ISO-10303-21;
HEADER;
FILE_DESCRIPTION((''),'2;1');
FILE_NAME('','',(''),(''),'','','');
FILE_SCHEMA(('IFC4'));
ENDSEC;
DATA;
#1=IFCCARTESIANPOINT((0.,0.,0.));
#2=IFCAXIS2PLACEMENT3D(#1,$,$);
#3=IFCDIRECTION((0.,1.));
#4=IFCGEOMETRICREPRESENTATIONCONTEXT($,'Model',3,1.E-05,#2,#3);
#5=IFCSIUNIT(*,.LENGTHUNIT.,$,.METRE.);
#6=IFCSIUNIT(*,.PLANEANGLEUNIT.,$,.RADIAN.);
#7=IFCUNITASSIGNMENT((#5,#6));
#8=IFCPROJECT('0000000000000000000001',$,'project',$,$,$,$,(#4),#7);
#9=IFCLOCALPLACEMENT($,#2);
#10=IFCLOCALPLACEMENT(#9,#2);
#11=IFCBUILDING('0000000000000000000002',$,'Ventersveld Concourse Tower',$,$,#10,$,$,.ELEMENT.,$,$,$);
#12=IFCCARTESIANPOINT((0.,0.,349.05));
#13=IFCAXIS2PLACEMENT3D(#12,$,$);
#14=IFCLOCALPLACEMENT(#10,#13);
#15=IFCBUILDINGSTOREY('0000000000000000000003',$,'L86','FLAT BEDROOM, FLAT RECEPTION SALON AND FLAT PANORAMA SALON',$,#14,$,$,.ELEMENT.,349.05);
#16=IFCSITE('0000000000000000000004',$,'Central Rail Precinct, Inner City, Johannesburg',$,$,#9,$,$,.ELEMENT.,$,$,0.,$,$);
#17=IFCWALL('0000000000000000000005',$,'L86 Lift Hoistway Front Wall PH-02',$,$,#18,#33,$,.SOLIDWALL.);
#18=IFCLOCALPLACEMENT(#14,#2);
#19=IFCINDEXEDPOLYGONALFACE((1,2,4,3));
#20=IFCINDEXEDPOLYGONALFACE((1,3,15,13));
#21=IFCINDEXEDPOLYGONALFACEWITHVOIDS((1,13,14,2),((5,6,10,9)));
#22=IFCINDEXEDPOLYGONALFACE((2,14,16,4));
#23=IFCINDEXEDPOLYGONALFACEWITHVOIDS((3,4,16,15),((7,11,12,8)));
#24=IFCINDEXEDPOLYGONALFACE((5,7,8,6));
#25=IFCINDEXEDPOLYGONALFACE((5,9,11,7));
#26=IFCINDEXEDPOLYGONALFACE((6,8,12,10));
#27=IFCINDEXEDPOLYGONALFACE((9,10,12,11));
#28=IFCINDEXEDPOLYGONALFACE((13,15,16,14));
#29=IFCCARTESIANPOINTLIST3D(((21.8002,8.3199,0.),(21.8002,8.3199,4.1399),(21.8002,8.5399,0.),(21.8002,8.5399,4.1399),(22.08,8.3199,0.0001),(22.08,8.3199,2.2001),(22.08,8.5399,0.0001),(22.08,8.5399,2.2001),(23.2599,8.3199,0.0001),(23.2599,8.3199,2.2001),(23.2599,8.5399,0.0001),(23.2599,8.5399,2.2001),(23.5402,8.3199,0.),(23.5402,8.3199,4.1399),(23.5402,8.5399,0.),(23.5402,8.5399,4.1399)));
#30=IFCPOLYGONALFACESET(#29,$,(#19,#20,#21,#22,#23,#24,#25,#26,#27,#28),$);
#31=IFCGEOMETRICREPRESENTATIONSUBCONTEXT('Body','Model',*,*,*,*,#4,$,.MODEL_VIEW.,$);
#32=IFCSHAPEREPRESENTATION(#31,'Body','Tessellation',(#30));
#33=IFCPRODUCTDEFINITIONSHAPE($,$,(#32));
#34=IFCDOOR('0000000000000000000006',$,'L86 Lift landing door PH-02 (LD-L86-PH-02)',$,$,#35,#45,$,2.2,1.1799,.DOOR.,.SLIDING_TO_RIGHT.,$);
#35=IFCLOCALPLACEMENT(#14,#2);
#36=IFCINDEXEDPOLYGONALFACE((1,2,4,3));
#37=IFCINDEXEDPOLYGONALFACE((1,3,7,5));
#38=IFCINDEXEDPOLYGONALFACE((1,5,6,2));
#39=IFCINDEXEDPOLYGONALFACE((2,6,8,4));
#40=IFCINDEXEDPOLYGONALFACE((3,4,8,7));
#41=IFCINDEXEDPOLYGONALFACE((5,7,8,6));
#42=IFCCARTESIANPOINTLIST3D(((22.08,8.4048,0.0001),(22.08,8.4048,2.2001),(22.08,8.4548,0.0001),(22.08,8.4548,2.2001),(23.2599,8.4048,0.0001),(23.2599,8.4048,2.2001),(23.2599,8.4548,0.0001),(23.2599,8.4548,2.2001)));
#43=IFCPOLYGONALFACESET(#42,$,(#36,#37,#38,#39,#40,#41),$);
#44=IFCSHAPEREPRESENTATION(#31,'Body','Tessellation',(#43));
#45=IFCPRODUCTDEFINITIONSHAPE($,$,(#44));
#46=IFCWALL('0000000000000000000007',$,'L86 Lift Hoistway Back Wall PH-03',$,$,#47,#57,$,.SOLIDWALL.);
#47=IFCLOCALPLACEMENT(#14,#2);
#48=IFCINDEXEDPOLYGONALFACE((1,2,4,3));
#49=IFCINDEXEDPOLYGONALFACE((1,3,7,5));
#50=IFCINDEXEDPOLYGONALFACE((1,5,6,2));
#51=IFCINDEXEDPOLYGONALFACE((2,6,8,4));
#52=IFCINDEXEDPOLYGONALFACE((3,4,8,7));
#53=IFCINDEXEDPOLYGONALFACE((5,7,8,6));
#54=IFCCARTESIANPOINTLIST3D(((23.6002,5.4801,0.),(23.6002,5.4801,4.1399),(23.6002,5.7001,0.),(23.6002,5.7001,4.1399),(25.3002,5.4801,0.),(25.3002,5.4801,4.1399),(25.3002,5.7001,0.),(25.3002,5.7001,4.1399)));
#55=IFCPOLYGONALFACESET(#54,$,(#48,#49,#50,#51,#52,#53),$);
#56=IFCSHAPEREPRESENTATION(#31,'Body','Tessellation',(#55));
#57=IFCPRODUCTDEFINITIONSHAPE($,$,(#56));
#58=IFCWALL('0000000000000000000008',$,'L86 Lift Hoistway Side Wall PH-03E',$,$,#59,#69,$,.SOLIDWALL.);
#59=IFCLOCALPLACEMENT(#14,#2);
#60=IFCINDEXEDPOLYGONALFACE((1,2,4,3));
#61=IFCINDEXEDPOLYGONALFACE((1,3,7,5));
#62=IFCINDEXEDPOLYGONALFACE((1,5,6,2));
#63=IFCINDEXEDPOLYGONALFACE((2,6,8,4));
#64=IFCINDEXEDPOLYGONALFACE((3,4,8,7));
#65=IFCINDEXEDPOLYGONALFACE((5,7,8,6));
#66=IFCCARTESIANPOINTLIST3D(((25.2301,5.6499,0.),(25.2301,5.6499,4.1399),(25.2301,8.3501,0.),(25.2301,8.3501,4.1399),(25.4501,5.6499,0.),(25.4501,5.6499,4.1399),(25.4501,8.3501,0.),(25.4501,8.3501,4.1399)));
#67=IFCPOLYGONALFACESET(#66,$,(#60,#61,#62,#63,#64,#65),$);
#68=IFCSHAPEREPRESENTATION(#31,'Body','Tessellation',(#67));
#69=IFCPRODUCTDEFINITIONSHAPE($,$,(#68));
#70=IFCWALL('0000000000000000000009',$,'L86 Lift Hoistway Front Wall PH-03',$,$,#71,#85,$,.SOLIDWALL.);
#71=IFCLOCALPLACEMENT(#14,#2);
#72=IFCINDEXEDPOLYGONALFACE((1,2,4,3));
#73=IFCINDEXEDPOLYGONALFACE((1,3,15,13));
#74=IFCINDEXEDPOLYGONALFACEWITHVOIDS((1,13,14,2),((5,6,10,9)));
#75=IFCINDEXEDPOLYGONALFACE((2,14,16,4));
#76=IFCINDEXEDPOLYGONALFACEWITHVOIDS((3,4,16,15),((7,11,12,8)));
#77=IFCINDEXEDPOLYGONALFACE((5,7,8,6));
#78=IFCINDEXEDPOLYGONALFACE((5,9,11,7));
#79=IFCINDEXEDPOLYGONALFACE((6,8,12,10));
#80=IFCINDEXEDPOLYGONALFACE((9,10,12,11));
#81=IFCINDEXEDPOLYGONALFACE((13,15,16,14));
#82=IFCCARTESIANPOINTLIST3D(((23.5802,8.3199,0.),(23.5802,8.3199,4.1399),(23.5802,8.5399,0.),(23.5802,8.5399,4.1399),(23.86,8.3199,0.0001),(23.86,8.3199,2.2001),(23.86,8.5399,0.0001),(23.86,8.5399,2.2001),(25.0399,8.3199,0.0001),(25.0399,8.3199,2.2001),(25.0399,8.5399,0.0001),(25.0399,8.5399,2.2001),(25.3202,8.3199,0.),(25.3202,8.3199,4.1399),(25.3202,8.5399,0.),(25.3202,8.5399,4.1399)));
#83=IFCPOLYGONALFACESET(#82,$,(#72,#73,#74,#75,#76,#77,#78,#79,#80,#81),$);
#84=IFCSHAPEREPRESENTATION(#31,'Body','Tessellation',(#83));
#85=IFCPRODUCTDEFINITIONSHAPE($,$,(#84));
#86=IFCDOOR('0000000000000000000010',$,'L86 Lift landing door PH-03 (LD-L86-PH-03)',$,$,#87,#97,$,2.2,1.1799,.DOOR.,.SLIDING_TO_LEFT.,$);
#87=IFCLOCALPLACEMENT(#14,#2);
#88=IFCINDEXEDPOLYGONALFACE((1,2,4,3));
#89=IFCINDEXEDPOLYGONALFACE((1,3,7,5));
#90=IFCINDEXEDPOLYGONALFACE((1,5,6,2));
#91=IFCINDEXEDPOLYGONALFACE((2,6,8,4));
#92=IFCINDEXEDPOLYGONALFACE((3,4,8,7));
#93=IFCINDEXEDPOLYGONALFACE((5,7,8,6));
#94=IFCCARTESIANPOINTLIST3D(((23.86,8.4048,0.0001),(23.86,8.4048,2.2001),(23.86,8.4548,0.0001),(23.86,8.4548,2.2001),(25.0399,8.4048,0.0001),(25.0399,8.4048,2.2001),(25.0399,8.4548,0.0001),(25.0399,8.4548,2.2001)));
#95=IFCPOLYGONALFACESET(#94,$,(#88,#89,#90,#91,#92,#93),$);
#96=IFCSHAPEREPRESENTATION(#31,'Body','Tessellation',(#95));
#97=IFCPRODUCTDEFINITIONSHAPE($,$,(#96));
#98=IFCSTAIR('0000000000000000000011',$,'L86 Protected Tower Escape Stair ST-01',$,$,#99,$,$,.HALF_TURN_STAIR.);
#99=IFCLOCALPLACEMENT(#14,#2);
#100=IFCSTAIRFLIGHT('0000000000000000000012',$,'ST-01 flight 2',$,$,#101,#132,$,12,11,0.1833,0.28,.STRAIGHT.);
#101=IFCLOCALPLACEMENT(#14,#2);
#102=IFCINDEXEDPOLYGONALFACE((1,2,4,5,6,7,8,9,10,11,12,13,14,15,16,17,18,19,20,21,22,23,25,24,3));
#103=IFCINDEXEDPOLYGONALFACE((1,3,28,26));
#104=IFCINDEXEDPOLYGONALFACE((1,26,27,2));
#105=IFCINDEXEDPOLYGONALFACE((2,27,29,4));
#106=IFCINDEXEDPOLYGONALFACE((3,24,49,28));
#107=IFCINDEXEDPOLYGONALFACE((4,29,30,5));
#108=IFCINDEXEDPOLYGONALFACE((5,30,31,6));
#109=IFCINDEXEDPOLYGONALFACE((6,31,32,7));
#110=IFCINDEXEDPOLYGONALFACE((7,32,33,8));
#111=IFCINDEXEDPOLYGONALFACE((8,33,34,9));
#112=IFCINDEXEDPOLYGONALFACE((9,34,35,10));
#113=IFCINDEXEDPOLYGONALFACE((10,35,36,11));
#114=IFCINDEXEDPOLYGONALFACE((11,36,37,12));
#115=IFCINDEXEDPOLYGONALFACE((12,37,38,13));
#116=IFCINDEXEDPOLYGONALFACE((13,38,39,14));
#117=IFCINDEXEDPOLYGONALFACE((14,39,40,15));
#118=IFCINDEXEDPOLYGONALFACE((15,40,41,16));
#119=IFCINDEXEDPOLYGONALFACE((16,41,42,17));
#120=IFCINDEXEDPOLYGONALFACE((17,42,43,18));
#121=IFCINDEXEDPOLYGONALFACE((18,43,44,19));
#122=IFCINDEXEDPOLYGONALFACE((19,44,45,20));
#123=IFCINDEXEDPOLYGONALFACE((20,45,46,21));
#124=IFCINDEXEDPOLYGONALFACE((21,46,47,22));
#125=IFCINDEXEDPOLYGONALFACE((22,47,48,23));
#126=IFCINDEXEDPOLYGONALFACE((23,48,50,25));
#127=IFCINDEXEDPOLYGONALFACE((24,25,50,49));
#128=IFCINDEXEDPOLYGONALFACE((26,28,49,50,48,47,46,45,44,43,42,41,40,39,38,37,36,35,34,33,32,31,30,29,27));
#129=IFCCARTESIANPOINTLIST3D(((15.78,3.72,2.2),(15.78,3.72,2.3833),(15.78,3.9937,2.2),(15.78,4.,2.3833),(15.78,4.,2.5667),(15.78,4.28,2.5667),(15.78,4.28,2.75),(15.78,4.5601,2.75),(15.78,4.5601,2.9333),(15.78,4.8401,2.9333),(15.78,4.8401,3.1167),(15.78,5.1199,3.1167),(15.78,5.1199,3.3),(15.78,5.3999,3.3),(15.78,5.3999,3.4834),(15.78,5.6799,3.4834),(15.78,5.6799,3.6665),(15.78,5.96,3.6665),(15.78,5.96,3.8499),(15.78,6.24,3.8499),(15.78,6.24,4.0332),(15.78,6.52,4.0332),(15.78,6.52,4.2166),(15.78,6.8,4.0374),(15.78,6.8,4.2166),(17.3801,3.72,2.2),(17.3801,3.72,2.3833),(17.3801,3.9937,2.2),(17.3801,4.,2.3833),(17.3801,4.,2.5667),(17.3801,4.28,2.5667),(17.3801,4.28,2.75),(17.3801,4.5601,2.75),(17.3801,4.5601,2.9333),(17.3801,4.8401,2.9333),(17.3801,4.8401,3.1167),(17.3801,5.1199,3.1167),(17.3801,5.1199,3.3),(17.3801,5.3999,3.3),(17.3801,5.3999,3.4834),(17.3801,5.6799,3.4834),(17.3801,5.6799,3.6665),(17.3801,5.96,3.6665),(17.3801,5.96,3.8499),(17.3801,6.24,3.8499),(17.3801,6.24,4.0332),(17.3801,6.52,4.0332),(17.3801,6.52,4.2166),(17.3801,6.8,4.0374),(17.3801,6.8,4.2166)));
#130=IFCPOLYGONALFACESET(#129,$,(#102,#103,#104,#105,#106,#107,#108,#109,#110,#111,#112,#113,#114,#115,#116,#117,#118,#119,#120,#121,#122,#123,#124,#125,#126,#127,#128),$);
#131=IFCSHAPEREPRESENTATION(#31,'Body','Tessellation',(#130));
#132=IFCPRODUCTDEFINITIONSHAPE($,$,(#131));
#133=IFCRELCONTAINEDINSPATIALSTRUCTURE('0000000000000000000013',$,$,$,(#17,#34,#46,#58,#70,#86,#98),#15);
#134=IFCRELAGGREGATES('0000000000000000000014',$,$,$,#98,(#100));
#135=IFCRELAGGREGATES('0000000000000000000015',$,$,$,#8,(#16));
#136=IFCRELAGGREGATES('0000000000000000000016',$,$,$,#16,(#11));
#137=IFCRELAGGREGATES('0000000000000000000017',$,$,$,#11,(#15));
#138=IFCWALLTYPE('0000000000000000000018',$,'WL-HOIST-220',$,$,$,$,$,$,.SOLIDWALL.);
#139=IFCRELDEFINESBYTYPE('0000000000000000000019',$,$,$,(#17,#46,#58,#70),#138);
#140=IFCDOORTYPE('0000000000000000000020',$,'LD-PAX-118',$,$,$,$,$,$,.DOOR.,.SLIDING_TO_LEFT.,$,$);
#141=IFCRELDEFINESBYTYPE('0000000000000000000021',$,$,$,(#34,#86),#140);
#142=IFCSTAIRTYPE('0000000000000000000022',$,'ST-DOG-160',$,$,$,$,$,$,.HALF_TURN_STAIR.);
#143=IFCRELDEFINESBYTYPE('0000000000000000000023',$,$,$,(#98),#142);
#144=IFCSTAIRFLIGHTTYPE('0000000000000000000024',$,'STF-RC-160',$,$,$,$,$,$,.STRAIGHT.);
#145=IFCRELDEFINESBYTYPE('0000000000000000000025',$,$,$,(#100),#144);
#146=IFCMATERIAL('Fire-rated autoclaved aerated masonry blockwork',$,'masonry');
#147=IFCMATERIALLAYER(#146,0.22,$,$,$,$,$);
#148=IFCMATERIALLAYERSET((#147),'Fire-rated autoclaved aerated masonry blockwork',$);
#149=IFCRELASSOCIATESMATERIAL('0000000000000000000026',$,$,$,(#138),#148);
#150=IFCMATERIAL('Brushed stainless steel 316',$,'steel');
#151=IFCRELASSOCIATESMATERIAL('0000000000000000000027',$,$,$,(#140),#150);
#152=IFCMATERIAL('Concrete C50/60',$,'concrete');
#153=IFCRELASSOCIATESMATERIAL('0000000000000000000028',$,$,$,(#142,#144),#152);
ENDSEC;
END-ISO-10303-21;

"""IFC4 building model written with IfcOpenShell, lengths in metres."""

from ifc_helpers import new_model, si_unit, direction, frame, frame_2d, origin, place, context, subcontext, project, spatial, polyline, rectangle, outline, extrude, material, layer, layer_set, type_object, element, fill, aggregate, save


model = new_model("IFC4")

# Units and contexts
model_context = context("Model", 3, precision=1e-05, world=origin(), true_north=direction((0.0, 1.0)))
body_context = subcontext(model_context, "Body", "Model", "MODEL_VIEW")
ifc_project = project(units=[si_unit("LENGTHUNIT", "METRE"), si_unit("PLANEANGLEUNIT", "RADIAN")], contexts=[model_context])

# Site, building, storey
site_placement = place(None, origin())
site = spatial("IfcSite", under=ifc_project, at=site_placement, Name="Central Rail Precinct, Inner City, Johannesburg", CompositionType="ELEMENT", RefElevation=0.0)
building_placement = place(site_placement, origin())
building = spatial("IfcBuilding", under=site, at=building_placement, Name="Ventersveld Concourse Tower", CompositionType="ELEMENT")
storey_placement = place(building_placement, frame((0.0, 0.0, 349.05)))
storey = spatial("IfcBuildingStorey", under=building, at=storey_placement, Name="L86", Description="FLAT BEDROOM, FLAT RECEPTION SALON AND FLAT PANORAMA SALON", CompositionType="ELEMENT", Elevation=349.05)

# Shared definitions
ifc_material_1 = material(Name="Concrete C50/60", Category="concrete")

# Shared definitions
ifc_material_2 = material(Name="Fire-rated autoclaved aerated masonry blockwork", Category="masonry")

# Shared definitions
ifc_layer_1 = layer(ifc_material_2, 0.22)
ifc_layer_set_1 = layer_set([ifc_layer_1], Name="Fire-rated autoclaved aerated masonry blockwork")
wall_type_1 = type_object("IfcWallType", Name="WL-HOIST-220", PredefinedType="SOLIDWALL", material=ifc_layer_set_1)

# Shared definitions
ifc_material_3 = material(Name="Brushed stainless steel 316", Category="steel")

# Shared definitions
door_type_1 = type_object("IfcDoorType", Name="LD-PAX-118", OperationType="SLIDING_TO_LEFT", PredefinedType="DOOR", material=ifc_material_3)

# Wall, opening, door
wall_1_placement = place(storey_placement, frame((21.8, 8.4299, 0.0), z_axis=(0.0, 0.0, 1.0), x_axis=(1.0, 0.0, 0.0)))
wall_1 = element("IfcWall", 1, at=wall_1_placement, inside=storey, type_object=wall_type_1, Name="L86 Lift Hoistway Front Wall PH-02", PredefinedType="SOLIDWALL", context=body_context, shape_type="SweptSolid", body=[
    extrude(rectangle(XDim=1.74, YDim=0.22, at=frame_2d((0.8701, 0.0))), origin(), (0.0, 0.0, 1.0), 4.1399),
])
opening_1_placement = place(wall_1_placement, frame((0.28, 0.0, 0.0)))
opening_1 = element("IfcOpeningElement", 2, at=opening_1_placement, cuts=wall_1, PredefinedType="OPENING", context=body_context, shape_type="SweptSolid", body=[
    extrude(rectangle(XDim=1.1799, YDim=2.2, at=frame_2d((0.5898, 1.1001))), frame((0.0, 0.1201, 0.0), z_axis=(0.0, -1.0, 0.0), x_axis=(1.0, 0.0, 0.0)), (0.0, 0.0, 1.0), 0.24),
])
door_1_placement = place(opening_1_placement, origin())
door_1 = element("IfcDoor", 3, at=door_1_placement, inside=storey, type_object=door_type_1, Name="L86 Lift landing door PH-02 (LD-L86-PH-02)", OperationType="SLIDING_TO_RIGHT", OverallHeight=2.2, OverallWidth=1.1799, PredefinedType="DOOR", context=body_context, shape_type="SweptSolid", body=[
    extrude(rectangle(XDim=1.1799, YDim=2.2, at=frame_2d((0.5898, 1.1001))), frame((0.0, 0.0249, 0.0), z_axis=(0.0, -1.0, 0.0), x_axis=(1.0, 0.0, 0.0)), (0.0, 0.0, 1.0), 0.05),
])
fill(opening_1, door_1)

# Walls
wall_2_placement = place(storey_placement, frame((23.6001, 5.5901, 0.0), z_axis=(0.0, 0.0, 1.0), x_axis=(1.0, 0.0, 0.0)))
element("IfcWall", 4, at=wall_2_placement, inside=storey, type_object=wall_type_1, Name="L86 Lift Hoistway Back Wall PH-03", PredefinedType="SOLIDWALL", context=body_context, shape_type="SweptSolid", body=[
    extrude(rectangle(XDim=1.7, YDim=0.22, at=frame_2d((0.8501, 0.0))), origin(), (0.0, 0.0, 1.0), 4.1399),
])
wall_3_placement = place(storey_placement, frame((25.3401, 5.6499, 0.0), z_axis=(0.0, 0.0, 1.0), x_axis=(0.0, 1.0, 0.0)))
element("IfcWall", 5, at=wall_3_placement, inside=storey, type_object=wall_type_1, Name="L86 Lift Hoistway Side Wall PH-03E", PredefinedType="SOLIDWALL", context=body_context, shape_type="SweptSolid", body=[
    extrude(rectangle(XDim=2.7002, YDim=0.22, at=frame_2d((1.3501, 0.0))), origin(), (0.0, 0.0, 1.0), 4.1399),
])

# Wall, opening, door
wall_4_placement = place(storey_placement, frame((23.5801, 8.4299, 0.0), z_axis=(0.0, 0.0, 1.0), x_axis=(1.0, 0.0, 0.0)))
wall_4 = element("IfcWall", 6, at=wall_4_placement, inside=storey, type_object=wall_type_1, Name="L86 Lift Hoistway Front Wall PH-03", PredefinedType="SOLIDWALL", context=body_context, shape_type="SweptSolid", body=[
    extrude(rectangle(XDim=1.74, YDim=0.22, at=frame_2d((0.8701, 0.0))), origin(), (0.0, 0.0, 1.0), 4.1399),
])
opening_2_placement = place(wall_4_placement, frame((0.28, 0.0, 0.0)))
opening_2 = element("IfcOpeningElement", 7, at=opening_2_placement, cuts=wall_4, PredefinedType="OPENING", context=body_context, shape_type="SweptSolid", body=[
    extrude(rectangle(XDim=1.1799, YDim=2.2, at=frame_2d((0.5898, 1.1001))), frame((0.0, 0.1201, 0.0), z_axis=(0.0, -1.0, 0.0), x_axis=(1.0, 0.0, 0.0)), (0.0, 0.0, 1.0), 0.24),
])
door_2_placement = place(opening_2_placement, origin())
door_2 = element("IfcDoor", 8, at=door_2_placement, inside=storey, type_object=door_type_1, Name="L86 Lift landing door PH-03 (LD-L86-PH-03)", OperationType="SLIDING_TO_LEFT", OverallHeight=2.2, OverallWidth=1.1799, PredefinedType="DOOR", context=body_context, shape_type="SweptSolid", body=[
    extrude(rectangle(XDim=1.1799, YDim=2.2, at=frame_2d((0.5898, 1.1001))), frame((0.0, 0.0249, 0.0), z_axis=(0.0, -1.0, 0.0), x_axis=(1.0, 0.0, 0.0)), (0.0, 0.0, 1.0), 0.05),
])
fill(opening_2, door_2)

# Stair, stair flight
stair_type = type_object("IfcStairType", Name="ST-DOG-160", PredefinedType="HALF_TURN_STAIR", material=ifc_material_1)
stair_placement = place(storey_placement, origin())
stair = element("IfcStair", 9, at=stair_placement, inside=storey, type_object=stair_type, Name="L86 Protected Tower Escape Stair ST-01", PredefinedType="HALF_TURN_STAIR")
stair_flight_type = type_object("IfcStairFlightType", Name="STF-RC-160", PredefinedType="STRAIGHT", material=ifc_material_1)
stair_flight_placement = place(storey_placement, frame((16.5801, 3.72, 2.2), z_axis=(0.0, 0.0, 1.0), x_axis=(0.0, 1.0, 0.0)))
stair_flight = element("IfcStairFlight", 10, at=stair_flight_placement, type_object=stair_flight_type, Name="ST-01 flight 2", NumberOfRisers=12, NumberOfTreads=11, PredefinedType="STRAIGHT", RiserHeight=0.1833, TreadLength=0.28, context=body_context, shape_type="SweptSolid", body=[
    extrude(outline(polyline([(0.0, 0.0), (0.0, 0.1833), (0.28, 0.1833), (0.28, 0.3667), (0.5601, 0.3667), (0.5601, 0.55), (0.8401, 0.55), (0.8401, 0.7334), (1.1201, 0.7334), (1.1201, 0.9167), (1.3999, 0.9167), (1.3999, 1.1001), (1.6799, 1.1001), (1.6799, 1.2834), (1.96, 1.2834), (1.96, 1.4666), (2.24, 1.4666), (2.24, 1.6499), (2.52, 1.6499), (2.52, 1.8333), (2.8, 1.8333), (2.8, 2.0166), (3.0801, 2.0166), (3.0801, 2.2), (3.0801, 1.8374), (0.2737, 0.0), (0.0, 0.0)])), frame((0.0, 0.8, 0.0), z_axis=(0.0, -1.0, 0.0), x_axis=(1.0, 0.0, 0.0)), (0.0, 0.0, 1.0), 1.6001),
])
aggregate(stair, [stair_flight])

save(model, "model.ifc")
